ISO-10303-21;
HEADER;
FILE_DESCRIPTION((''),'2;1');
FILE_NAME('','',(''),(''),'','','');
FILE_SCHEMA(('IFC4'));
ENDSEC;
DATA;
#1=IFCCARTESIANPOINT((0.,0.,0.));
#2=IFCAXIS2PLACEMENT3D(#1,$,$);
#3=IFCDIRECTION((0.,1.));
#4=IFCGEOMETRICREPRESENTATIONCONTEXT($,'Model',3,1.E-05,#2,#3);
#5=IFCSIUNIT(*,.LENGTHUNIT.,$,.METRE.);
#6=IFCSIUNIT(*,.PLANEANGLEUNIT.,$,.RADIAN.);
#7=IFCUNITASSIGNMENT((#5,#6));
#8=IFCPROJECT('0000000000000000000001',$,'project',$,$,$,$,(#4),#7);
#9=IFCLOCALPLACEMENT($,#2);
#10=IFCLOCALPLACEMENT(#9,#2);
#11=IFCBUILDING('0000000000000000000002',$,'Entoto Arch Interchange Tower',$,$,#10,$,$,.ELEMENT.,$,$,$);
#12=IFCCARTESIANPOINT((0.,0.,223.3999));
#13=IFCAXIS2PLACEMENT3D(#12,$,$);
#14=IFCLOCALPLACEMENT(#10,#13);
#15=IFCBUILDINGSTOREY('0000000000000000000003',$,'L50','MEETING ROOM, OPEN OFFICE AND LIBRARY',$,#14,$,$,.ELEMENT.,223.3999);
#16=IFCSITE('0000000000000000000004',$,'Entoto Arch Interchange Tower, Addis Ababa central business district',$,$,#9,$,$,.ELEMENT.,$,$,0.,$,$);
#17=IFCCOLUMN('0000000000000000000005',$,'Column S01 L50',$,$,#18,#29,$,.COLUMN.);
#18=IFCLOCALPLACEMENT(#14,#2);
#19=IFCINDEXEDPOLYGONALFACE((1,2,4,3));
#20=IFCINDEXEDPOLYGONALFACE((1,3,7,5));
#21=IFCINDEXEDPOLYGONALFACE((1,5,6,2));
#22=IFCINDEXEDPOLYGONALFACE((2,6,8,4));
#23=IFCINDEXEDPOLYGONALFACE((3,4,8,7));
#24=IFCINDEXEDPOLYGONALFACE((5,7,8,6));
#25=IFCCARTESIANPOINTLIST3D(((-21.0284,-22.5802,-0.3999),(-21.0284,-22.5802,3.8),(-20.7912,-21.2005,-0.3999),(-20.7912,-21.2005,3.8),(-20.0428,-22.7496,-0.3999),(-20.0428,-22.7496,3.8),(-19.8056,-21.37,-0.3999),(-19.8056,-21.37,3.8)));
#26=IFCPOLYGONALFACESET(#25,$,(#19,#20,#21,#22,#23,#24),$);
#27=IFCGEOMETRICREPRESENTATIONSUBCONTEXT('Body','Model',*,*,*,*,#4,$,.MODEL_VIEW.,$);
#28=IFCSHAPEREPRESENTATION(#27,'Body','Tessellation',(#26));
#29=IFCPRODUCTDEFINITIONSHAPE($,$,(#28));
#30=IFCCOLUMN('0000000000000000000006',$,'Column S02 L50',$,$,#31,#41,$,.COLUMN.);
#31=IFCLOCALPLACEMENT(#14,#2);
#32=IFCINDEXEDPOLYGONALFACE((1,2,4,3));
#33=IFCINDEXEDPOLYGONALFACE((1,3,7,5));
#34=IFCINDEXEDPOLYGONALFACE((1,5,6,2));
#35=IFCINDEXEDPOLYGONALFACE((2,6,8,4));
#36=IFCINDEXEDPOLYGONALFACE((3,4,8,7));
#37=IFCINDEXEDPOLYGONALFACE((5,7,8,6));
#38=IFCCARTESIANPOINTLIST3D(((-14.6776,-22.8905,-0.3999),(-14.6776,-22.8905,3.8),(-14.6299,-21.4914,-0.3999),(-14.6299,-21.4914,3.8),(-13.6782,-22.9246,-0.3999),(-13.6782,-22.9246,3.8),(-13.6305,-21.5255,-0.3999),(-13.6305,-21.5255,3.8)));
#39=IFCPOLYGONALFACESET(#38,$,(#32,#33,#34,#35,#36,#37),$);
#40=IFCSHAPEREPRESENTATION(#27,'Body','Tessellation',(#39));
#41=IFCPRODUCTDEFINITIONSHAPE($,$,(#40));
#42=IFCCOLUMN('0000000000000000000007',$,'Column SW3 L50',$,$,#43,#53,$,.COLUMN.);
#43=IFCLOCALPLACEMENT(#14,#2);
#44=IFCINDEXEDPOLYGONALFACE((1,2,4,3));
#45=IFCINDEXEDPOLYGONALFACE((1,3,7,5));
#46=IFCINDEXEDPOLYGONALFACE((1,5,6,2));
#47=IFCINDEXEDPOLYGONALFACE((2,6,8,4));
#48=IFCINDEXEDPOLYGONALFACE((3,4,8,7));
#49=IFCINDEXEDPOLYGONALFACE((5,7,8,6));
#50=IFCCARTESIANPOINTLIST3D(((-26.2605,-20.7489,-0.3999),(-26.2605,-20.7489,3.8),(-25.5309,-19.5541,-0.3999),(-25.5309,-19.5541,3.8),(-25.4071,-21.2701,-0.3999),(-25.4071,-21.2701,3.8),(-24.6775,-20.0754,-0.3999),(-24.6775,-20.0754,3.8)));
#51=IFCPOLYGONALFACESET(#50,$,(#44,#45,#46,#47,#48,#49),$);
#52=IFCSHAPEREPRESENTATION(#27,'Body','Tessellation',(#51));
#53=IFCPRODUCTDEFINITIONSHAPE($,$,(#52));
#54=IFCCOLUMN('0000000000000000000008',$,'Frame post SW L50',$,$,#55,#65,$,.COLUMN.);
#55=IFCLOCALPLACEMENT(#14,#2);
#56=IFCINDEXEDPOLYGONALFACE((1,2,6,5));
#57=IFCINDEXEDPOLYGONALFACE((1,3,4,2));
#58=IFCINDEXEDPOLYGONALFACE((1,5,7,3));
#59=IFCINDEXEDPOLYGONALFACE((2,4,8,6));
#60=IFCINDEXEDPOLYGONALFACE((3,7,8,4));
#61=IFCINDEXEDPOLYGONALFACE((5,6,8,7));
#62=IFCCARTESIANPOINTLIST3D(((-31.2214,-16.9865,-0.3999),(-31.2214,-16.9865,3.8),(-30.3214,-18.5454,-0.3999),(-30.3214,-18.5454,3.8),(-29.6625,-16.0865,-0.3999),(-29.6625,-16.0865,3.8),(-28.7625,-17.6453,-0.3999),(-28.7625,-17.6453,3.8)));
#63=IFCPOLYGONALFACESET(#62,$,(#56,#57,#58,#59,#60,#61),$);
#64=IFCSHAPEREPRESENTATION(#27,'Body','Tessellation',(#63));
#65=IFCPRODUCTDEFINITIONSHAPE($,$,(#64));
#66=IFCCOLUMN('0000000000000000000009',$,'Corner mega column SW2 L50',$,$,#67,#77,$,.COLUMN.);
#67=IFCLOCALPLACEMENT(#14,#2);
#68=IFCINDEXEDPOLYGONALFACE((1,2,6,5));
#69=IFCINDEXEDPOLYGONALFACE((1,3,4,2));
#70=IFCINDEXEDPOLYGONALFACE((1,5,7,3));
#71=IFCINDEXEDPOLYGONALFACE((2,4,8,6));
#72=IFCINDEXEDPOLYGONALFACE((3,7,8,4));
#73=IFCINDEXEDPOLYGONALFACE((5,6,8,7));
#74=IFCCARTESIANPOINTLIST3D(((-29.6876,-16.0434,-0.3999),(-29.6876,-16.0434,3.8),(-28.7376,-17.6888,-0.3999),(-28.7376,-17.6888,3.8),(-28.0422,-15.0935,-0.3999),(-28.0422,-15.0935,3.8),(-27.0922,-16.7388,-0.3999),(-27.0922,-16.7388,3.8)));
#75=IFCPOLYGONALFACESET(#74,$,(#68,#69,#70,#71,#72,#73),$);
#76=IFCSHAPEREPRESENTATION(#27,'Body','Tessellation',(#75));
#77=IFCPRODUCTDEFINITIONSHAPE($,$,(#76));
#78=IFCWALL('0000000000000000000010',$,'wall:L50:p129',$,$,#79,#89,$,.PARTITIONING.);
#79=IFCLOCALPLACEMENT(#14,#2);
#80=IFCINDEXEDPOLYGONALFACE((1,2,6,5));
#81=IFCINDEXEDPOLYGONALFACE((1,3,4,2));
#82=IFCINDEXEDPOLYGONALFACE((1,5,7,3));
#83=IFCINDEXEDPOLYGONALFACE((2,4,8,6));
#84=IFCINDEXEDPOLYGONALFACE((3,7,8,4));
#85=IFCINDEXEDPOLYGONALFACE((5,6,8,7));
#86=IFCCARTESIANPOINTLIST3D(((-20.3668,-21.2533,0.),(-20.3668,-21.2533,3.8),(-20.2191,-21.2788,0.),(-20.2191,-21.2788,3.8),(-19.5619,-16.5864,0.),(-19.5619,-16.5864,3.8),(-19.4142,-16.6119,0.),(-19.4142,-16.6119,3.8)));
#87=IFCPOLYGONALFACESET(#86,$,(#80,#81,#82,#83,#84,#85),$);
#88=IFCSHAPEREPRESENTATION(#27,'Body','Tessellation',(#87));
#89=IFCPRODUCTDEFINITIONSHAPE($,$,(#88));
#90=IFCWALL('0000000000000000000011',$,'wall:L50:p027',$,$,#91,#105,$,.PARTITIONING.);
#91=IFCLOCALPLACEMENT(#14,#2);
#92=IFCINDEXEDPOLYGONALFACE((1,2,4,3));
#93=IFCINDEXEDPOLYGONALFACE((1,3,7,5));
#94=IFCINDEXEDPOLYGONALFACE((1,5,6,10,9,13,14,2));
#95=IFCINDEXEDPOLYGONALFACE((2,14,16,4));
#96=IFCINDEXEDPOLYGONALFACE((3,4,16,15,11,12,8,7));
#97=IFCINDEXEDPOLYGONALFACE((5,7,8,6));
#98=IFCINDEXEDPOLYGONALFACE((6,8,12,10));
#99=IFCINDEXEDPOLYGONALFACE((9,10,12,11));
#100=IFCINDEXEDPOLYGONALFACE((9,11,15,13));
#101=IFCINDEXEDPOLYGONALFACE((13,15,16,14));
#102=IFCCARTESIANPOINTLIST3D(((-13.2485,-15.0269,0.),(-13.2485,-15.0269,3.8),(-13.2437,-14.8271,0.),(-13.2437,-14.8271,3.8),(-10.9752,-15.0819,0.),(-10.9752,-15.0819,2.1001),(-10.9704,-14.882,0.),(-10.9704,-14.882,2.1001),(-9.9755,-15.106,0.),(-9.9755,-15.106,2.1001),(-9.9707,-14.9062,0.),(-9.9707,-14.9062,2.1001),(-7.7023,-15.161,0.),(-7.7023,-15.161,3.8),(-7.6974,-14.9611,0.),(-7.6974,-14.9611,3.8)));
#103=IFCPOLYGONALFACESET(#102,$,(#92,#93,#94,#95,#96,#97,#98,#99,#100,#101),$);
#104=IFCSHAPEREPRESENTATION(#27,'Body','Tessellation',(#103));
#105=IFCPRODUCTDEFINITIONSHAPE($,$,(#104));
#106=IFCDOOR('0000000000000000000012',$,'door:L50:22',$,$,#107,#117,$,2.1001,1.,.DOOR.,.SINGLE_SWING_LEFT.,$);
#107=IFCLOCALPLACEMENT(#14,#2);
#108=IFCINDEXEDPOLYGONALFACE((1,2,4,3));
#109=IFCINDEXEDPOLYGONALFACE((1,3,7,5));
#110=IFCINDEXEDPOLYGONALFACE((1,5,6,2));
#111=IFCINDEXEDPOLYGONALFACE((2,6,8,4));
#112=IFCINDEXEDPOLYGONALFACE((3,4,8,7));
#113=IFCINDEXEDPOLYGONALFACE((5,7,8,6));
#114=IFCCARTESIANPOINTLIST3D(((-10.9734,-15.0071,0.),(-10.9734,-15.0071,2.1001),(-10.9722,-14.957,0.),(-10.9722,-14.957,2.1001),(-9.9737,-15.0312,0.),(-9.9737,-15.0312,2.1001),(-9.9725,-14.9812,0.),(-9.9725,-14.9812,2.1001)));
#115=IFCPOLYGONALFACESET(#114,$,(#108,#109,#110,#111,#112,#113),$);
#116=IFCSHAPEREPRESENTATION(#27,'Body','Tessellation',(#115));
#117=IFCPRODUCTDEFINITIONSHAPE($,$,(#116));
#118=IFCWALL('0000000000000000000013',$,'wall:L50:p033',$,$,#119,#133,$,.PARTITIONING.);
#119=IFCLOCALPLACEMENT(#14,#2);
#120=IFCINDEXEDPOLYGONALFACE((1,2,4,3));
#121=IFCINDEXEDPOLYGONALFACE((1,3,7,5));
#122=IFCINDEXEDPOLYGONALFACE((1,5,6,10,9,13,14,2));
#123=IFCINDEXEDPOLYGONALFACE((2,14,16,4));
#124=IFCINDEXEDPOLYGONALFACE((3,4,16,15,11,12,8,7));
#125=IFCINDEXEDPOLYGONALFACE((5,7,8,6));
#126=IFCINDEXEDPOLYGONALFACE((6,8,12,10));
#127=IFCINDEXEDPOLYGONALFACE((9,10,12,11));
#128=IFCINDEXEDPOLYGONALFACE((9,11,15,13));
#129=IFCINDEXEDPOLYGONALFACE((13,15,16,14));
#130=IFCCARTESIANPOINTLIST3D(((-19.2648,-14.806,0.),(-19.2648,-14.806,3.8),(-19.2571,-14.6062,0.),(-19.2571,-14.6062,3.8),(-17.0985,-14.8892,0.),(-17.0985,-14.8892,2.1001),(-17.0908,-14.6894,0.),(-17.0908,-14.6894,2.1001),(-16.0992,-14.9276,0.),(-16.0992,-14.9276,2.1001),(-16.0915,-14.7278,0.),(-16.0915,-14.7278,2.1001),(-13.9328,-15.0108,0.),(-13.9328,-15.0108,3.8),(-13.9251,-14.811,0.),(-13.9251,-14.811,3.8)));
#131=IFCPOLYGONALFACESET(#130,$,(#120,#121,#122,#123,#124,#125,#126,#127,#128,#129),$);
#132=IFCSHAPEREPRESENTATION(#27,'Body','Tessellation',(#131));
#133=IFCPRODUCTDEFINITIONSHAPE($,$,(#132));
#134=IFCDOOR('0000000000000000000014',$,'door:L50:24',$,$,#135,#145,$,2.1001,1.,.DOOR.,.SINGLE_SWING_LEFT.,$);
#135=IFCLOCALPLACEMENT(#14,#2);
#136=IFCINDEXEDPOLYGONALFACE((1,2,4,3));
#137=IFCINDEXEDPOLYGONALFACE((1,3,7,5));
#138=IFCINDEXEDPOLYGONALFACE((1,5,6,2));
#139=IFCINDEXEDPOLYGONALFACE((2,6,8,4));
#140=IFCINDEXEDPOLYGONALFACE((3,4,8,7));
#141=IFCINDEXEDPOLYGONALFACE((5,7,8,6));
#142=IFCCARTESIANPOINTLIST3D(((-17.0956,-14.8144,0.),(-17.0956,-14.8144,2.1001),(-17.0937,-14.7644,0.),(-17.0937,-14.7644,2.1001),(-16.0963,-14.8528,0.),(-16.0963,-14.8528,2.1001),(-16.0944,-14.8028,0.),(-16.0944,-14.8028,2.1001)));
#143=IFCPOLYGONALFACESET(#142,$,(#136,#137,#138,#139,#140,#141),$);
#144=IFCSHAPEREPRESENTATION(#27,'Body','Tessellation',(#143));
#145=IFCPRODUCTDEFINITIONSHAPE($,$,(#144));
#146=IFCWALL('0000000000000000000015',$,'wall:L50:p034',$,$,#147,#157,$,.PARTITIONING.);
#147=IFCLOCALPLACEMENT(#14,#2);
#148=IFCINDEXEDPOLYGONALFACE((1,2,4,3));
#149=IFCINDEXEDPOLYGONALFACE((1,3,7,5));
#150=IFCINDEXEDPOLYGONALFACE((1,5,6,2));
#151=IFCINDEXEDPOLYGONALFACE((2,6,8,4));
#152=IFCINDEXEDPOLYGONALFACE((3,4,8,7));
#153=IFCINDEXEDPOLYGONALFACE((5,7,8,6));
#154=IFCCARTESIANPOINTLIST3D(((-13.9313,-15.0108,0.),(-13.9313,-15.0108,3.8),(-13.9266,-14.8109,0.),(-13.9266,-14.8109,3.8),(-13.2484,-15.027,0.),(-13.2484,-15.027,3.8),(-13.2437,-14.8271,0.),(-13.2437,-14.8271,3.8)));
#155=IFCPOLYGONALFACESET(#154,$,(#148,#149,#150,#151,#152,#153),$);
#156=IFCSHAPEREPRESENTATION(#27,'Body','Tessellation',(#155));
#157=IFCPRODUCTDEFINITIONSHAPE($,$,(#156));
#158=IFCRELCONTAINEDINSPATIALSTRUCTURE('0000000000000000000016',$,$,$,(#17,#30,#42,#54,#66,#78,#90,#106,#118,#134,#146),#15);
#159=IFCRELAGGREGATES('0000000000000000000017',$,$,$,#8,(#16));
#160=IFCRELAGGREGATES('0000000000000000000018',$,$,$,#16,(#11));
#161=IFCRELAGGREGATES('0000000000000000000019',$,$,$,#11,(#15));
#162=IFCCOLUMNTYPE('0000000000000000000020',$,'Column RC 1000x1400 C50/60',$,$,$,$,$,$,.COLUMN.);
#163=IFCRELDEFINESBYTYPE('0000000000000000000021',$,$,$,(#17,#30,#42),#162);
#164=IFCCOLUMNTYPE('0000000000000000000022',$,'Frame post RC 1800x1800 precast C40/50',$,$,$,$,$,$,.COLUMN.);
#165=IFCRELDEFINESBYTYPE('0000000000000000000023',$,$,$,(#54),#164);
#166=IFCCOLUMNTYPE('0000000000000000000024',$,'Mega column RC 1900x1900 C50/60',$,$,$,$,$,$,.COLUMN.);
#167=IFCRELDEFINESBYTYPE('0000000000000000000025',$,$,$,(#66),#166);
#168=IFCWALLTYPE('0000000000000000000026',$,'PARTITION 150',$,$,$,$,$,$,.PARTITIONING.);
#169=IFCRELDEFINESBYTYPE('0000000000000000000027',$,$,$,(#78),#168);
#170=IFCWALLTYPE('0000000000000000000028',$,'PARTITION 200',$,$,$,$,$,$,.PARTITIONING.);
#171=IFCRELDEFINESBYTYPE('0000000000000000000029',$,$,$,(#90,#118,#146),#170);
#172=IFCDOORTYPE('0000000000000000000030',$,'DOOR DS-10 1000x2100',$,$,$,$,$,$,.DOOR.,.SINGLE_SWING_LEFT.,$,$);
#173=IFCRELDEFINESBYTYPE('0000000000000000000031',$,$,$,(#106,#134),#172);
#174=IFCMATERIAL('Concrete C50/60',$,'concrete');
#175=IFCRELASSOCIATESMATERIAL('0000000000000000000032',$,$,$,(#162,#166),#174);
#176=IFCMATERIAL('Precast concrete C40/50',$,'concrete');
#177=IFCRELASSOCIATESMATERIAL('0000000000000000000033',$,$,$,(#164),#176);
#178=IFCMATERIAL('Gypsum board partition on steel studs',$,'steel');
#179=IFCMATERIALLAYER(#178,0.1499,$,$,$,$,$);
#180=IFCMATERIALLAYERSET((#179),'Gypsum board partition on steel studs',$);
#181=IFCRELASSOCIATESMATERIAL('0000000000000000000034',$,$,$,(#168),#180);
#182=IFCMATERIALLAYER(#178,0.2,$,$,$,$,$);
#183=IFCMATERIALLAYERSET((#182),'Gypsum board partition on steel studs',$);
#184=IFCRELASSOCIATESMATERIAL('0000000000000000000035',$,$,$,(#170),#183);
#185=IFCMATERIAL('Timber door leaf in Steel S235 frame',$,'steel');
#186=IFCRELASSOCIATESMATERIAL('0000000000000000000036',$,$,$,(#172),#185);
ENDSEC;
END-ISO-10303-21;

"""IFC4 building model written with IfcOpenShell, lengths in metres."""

from ifc_helpers import new_model, si_unit, direction, frame, frame_2d, origin, origin_2d, place, context, subcontext, project, spatial, rectangle, extrude, material, layer, layer_set, material_profile, profile_set, type_object, element, fill, save


model = new_model("IFC4")

# Units and contexts
model_context = context("Model", 3, precision=1e-05, world=origin(), true_north=direction((0.0, 1.0)))
body_context = subcontext(model_context, "Body", "Model", "MODEL_VIEW")
ifc_project = project(units=[si_unit("LENGTHUNIT", "METRE"), si_unit("PLANEANGLEUNIT", "RADIAN")], contexts=[model_context])

# Site, building, storey
site_placement = place(None, origin())
site = spatial("IfcSite", under=ifc_project, at=site_placement, Name="Entoto Arch Interchange Tower, Addis Ababa central business district", CompositionType="ELEMENT", RefElevation=0.0)
building_placement = place(site_placement, origin())
building = spatial("IfcBuilding", under=site, at=building_placement, Name="Entoto Arch Interchange Tower", CompositionType="ELEMENT")
storey_placement = place(building_placement, frame((0.0, 0.0, 223.3999)))
storey = spatial("IfcBuildingStorey", under=building, at=storey_placement, Name="L50", Description="MEETING ROOM, OPEN OFFICE AND LIBRARY", CompositionType="ELEMENT", Elevation=223.3999)

# Columns
ifc_material_1 = material(Name="Concrete C50/60", Category="concrete")
ifc_material_profile_1 = material_profile(ifc_material_1, rectangle(XDim=1.0, YDim=1.3999, at=origin_2d()))
ifc_profile_set_1 = profile_set([ifc_material_profile_1], Name="Concrete C50/60")
column_type_1 = type_object("IfcColumnType", Name="Column RC 1000x1400 C50/60", PredefinedType="COLUMN", material=ifc_profile_set_1)
for number, where, z_axis, x_axis, name in (
    (1, (-20.417, -21.9751, -0.3999), (0.0, 0.0, 1.0), (-0.985541, 0.169436, 0.0), "Column S01 L50"),
    (2, (-14.1541, -22.208, -0.3999), (0.0, 0.0, 1.0), (-0.999421, 0.034027, 0.0), "Column S02 L50"),
    (3, (-25.469, -20.4121, -0.3999), (0.0, 0.0, 1.0), (-0.853423, 0.521218, 0.0), "Column SW3 L50"),
):
    element("IfcColumn", number, at=place(storey_placement, frame(where, z_axis=z_axis, x_axis=x_axis)), inside=storey, type_object=column_type_1, Name=name, PredefinedType="COLUMN", context=body_context, shape_type="SweptSolid", body=[
        extrude(rectangle(XDim=1.0, YDim=1.3999, at=origin_2d()), origin(), (0.0, 0.0, 1.0), 4.2),
    ])
ifc_material_2 = material(Name="Precast concrete C40/50", Category="concrete")
ifc_material_profile_2 = material_profile(ifc_material_2, rectangle(XDim=1.8, YDim=1.8, at=origin_2d()))
ifc_profile_set_2 = profile_set([ifc_material_profile_2], Name="Precast concrete C40/50")
column_type_2 = type_object("IfcColumnType", Name="Frame post RC 1800x1800 precast C40/50", PredefinedType="COLUMN", material=ifc_profile_set_2)
column_1_placement = place(storey_placement, frame((-29.9919, -17.3159, -0.3999), z_axis=(0.0, 0.0, 1.0), x_axis=(0.866025, 0.5, 0.0)))
element("IfcColumn", 4, at=column_1_placement, inside=storey, type_object=column_type_2, Name="Frame post SW L50", PredefinedType="COLUMN", context=body_context, shape_type="SweptSolid", body=[
    extrude(rectangle(XDim=1.8, YDim=1.8, at=origin_2d()), origin(), (0.0, 0.0, 1.0), 4.2),
])
ifc_material_profile_3 = material_profile(ifc_material_1, rectangle(XDim=1.8999, YDim=1.8999, at=origin_2d()))
ifc_profile_set_3 = profile_set([ifc_material_profile_3], Name="Concrete C50/60")
column_type_3 = type_object("IfcColumnType", Name="Mega column RC 1900x1900 C50/60", PredefinedType="COLUMN", material=ifc_profile_set_3)
column_2_placement = place(storey_placement, frame((-28.3899, -16.3911, -0.3999), z_axis=(0.0, 0.0, 1.0), x_axis=(0.866025, 0.5, 0.0)))
element("IfcColumn", 5, at=column_2_placement, inside=storey, type_object=column_type_3, Name="Corner mega column SW2 L50", PredefinedType="COLUMN", context=body_context, shape_type="SweptSolid", body=[
    extrude(rectangle(XDim=1.8999, YDim=1.8999, at=origin_2d()), origin(), (0.0, 0.0, 1.0), 4.2),
])

# Wall
ifc_material_3 = material(Name="Gypsum board partition on steel studs", Category="steel")
ifc_layer_1 = layer(ifc_material_3, 0.1499)
ifc_layer_set_1 = layer_set([ifc_layer_1], Name="Gypsum board partition on steel studs")
wall_type_1 = type_object("IfcWallType", Name="PARTITION 150", PredefinedType="PARTITIONING", material=ifc_layer_set_1)
wall_1_placement = place(storey_placement, frame((-19.488, -16.5991, 0.0), z_axis=(0.0, 0.0, 1.0), x_axis=(-0.169964, -0.98545, 0.0)))
element("IfcWall", 6, at=wall_1_placement, inside=storey, type_object=wall_type_1, Name="wall:L50:p129", PredefinedType="PARTITIONING", context=body_context, shape_type="SweptSolid", body=[
    extrude(rectangle(XDim=4.7358, YDim=0.1499, at=frame_2d((2.3679, 0.0))), origin(), (0.0, 0.0, 1.0), 3.8),
])

# Walls, openings, doors
ifc_layer_2 = layer(ifc_material_3, 0.2)
ifc_layer_set_2 = layer_set([ifc_layer_2], Name="Gypsum board partition on steel studs")
wall_type_2 = type_object("IfcWallType", Name="PARTITION 200", PredefinedType="PARTITIONING", material=ifc_layer_set_2)
wall_2_placement = place(storey_placement, frame((-13.2461, -14.927, 0.0), z_axis=(0.0, 0.0, 1.0), x_axis=(0.999708, -0.02416, 0.0)))
wall_2 = element("IfcWall", 7, at=wall_2_placement, inside=storey, type_object=wall_type_2, Name="wall:L50:p027", PredefinedType="PARTITIONING", context=body_context, shape_type="SweptSolid", body=[
    extrude(rectangle(XDim=5.5479, YDim=0.2, at=frame_2d((2.7739, 0.0))), origin(), (0.0, 0.0, 1.0), 3.8),
])
opening_1_placement = place(wall_2_placement, frame((2.2739, 0.0, 0.0)))
opening_1 = element("IfcOpeningElement", 8, at=opening_1_placement, cuts=wall_2, PredefinedType="OPENING", context=body_context, shape_type="SweptSolid", body=[
    extrude(rectangle(XDim=1.0, YDim=2.1001, at=frame_2d((0.5, 1.05))), frame((0.0, 0.1099, 0.0), z_axis=(0.0, -1.0, 0.0), x_axis=(1.0, 0.0, 0.0)), (0.0, 0.0, 1.0), 0.22),
])
ifc_material_4 = material(Name="Timber door leaf in Steel S235 frame", Category="steel")
door_type = type_object("IfcDoorType", Name="DOOR DS-10 1000x2100", OperationType="SINGLE_SWING_LEFT", PredefinedType="DOOR", material=ifc_material_4)
door_1_placement = place(opening_1_placement, origin())
door_1 = element("IfcDoor", 9, at=door_1_placement, inside=storey, type_object=door_type, Name="door:L50:22", OperationType="SINGLE_SWING_LEFT", OverallHeight=2.1001, OverallWidth=1.0, PredefinedType="DOOR", context=body_context, shape_type="SweptSolid", body=[
    extrude(rectangle(XDim=1.0, YDim=2.1001, at=frame_2d((0.5, 1.05))), frame((0.0, 0.0249, 0.0), z_axis=(0.0, -1.0, 0.0), x_axis=(1.0, 0.0, 0.0)), (0.0, 0.0, 1.0), 0.05),
])
fill(opening_1, door_1)
wall_3_placement = place(storey_placement, frame((-19.261, -14.7061, 0.0), z_axis=(0.0, 0.0, 1.0), x_axis=(0.999263, -0.038387, 0.0)))
wall_3 = element("IfcWall", 10, at=wall_3_placement, inside=storey, type_object=wall_type_2, Name="wall:L50:p033", PredefinedType="PARTITIONING", context=body_context, shape_type="SweptSolid", body=[
    extrude(rectangle(XDim=5.3359, YDim=0.2, at=frame_2d((2.668, 0.0))), origin(), (0.0, 0.0, 1.0), 3.8),
])
opening_2_placement = place(wall_3_placement, frame((2.168, 0.0, 0.0)))
opening_2 = element("IfcOpeningElement", 11, at=opening_2_placement, cuts=wall_3, PredefinedType="OPENING", context=body_context, shape_type="SweptSolid", body=[
    extrude(rectangle(XDim=1.0, YDim=2.1001, at=frame_2d((0.5, 1.05))), frame((0.0, 0.1099, 0.0), z_axis=(0.0, -1.0, 0.0), x_axis=(1.0, 0.0, 0.0)), (0.0, 0.0, 1.0), 0.22),
])
door_2_placement = place(opening_2_placement, origin())
door_2 = element("IfcDoor", 12, at=door_2_placement, inside=storey, type_object=door_type, Name="door:L50:24", OperationType="SINGLE_SWING_LEFT", OverallHeight=2.1001, OverallWidth=1.0, PredefinedType="DOOR", context=body_context, shape_type="SweptSolid", body=[
    extrude(rectangle(XDim=1.0, YDim=2.1001, at=frame_2d((0.5, 1.05))), frame((0.0, 0.0249, 0.0), z_axis=(0.0, -1.0, 0.0), x_axis=(1.0, 0.0, 0.0)), (0.0, 0.0, 1.0), 0.05),
])
fill(opening_2, door_2)

# Wall
wall_4_placement = place(storey_placement, frame((-13.929, -14.9109, 0.0), z_axis=(0.0, 0.0, 1.0), x_axis=(0.999722, -0.02359, 0.0)))
element("IfcWall", 13, at=wall_4_placement, inside=storey, type_object=wall_type_2, Name="wall:L50:p034", PredefinedType="PARTITIONING", context=body_context, shape_type="SweptSolid", body=[
    extrude(rectangle(XDim=0.6831, YDim=0.2, at=frame_2d((0.3416, 0.0))), origin(), (0.0, 0.0, 1.0), 3.8),
])

save(model, "model.ifc")
